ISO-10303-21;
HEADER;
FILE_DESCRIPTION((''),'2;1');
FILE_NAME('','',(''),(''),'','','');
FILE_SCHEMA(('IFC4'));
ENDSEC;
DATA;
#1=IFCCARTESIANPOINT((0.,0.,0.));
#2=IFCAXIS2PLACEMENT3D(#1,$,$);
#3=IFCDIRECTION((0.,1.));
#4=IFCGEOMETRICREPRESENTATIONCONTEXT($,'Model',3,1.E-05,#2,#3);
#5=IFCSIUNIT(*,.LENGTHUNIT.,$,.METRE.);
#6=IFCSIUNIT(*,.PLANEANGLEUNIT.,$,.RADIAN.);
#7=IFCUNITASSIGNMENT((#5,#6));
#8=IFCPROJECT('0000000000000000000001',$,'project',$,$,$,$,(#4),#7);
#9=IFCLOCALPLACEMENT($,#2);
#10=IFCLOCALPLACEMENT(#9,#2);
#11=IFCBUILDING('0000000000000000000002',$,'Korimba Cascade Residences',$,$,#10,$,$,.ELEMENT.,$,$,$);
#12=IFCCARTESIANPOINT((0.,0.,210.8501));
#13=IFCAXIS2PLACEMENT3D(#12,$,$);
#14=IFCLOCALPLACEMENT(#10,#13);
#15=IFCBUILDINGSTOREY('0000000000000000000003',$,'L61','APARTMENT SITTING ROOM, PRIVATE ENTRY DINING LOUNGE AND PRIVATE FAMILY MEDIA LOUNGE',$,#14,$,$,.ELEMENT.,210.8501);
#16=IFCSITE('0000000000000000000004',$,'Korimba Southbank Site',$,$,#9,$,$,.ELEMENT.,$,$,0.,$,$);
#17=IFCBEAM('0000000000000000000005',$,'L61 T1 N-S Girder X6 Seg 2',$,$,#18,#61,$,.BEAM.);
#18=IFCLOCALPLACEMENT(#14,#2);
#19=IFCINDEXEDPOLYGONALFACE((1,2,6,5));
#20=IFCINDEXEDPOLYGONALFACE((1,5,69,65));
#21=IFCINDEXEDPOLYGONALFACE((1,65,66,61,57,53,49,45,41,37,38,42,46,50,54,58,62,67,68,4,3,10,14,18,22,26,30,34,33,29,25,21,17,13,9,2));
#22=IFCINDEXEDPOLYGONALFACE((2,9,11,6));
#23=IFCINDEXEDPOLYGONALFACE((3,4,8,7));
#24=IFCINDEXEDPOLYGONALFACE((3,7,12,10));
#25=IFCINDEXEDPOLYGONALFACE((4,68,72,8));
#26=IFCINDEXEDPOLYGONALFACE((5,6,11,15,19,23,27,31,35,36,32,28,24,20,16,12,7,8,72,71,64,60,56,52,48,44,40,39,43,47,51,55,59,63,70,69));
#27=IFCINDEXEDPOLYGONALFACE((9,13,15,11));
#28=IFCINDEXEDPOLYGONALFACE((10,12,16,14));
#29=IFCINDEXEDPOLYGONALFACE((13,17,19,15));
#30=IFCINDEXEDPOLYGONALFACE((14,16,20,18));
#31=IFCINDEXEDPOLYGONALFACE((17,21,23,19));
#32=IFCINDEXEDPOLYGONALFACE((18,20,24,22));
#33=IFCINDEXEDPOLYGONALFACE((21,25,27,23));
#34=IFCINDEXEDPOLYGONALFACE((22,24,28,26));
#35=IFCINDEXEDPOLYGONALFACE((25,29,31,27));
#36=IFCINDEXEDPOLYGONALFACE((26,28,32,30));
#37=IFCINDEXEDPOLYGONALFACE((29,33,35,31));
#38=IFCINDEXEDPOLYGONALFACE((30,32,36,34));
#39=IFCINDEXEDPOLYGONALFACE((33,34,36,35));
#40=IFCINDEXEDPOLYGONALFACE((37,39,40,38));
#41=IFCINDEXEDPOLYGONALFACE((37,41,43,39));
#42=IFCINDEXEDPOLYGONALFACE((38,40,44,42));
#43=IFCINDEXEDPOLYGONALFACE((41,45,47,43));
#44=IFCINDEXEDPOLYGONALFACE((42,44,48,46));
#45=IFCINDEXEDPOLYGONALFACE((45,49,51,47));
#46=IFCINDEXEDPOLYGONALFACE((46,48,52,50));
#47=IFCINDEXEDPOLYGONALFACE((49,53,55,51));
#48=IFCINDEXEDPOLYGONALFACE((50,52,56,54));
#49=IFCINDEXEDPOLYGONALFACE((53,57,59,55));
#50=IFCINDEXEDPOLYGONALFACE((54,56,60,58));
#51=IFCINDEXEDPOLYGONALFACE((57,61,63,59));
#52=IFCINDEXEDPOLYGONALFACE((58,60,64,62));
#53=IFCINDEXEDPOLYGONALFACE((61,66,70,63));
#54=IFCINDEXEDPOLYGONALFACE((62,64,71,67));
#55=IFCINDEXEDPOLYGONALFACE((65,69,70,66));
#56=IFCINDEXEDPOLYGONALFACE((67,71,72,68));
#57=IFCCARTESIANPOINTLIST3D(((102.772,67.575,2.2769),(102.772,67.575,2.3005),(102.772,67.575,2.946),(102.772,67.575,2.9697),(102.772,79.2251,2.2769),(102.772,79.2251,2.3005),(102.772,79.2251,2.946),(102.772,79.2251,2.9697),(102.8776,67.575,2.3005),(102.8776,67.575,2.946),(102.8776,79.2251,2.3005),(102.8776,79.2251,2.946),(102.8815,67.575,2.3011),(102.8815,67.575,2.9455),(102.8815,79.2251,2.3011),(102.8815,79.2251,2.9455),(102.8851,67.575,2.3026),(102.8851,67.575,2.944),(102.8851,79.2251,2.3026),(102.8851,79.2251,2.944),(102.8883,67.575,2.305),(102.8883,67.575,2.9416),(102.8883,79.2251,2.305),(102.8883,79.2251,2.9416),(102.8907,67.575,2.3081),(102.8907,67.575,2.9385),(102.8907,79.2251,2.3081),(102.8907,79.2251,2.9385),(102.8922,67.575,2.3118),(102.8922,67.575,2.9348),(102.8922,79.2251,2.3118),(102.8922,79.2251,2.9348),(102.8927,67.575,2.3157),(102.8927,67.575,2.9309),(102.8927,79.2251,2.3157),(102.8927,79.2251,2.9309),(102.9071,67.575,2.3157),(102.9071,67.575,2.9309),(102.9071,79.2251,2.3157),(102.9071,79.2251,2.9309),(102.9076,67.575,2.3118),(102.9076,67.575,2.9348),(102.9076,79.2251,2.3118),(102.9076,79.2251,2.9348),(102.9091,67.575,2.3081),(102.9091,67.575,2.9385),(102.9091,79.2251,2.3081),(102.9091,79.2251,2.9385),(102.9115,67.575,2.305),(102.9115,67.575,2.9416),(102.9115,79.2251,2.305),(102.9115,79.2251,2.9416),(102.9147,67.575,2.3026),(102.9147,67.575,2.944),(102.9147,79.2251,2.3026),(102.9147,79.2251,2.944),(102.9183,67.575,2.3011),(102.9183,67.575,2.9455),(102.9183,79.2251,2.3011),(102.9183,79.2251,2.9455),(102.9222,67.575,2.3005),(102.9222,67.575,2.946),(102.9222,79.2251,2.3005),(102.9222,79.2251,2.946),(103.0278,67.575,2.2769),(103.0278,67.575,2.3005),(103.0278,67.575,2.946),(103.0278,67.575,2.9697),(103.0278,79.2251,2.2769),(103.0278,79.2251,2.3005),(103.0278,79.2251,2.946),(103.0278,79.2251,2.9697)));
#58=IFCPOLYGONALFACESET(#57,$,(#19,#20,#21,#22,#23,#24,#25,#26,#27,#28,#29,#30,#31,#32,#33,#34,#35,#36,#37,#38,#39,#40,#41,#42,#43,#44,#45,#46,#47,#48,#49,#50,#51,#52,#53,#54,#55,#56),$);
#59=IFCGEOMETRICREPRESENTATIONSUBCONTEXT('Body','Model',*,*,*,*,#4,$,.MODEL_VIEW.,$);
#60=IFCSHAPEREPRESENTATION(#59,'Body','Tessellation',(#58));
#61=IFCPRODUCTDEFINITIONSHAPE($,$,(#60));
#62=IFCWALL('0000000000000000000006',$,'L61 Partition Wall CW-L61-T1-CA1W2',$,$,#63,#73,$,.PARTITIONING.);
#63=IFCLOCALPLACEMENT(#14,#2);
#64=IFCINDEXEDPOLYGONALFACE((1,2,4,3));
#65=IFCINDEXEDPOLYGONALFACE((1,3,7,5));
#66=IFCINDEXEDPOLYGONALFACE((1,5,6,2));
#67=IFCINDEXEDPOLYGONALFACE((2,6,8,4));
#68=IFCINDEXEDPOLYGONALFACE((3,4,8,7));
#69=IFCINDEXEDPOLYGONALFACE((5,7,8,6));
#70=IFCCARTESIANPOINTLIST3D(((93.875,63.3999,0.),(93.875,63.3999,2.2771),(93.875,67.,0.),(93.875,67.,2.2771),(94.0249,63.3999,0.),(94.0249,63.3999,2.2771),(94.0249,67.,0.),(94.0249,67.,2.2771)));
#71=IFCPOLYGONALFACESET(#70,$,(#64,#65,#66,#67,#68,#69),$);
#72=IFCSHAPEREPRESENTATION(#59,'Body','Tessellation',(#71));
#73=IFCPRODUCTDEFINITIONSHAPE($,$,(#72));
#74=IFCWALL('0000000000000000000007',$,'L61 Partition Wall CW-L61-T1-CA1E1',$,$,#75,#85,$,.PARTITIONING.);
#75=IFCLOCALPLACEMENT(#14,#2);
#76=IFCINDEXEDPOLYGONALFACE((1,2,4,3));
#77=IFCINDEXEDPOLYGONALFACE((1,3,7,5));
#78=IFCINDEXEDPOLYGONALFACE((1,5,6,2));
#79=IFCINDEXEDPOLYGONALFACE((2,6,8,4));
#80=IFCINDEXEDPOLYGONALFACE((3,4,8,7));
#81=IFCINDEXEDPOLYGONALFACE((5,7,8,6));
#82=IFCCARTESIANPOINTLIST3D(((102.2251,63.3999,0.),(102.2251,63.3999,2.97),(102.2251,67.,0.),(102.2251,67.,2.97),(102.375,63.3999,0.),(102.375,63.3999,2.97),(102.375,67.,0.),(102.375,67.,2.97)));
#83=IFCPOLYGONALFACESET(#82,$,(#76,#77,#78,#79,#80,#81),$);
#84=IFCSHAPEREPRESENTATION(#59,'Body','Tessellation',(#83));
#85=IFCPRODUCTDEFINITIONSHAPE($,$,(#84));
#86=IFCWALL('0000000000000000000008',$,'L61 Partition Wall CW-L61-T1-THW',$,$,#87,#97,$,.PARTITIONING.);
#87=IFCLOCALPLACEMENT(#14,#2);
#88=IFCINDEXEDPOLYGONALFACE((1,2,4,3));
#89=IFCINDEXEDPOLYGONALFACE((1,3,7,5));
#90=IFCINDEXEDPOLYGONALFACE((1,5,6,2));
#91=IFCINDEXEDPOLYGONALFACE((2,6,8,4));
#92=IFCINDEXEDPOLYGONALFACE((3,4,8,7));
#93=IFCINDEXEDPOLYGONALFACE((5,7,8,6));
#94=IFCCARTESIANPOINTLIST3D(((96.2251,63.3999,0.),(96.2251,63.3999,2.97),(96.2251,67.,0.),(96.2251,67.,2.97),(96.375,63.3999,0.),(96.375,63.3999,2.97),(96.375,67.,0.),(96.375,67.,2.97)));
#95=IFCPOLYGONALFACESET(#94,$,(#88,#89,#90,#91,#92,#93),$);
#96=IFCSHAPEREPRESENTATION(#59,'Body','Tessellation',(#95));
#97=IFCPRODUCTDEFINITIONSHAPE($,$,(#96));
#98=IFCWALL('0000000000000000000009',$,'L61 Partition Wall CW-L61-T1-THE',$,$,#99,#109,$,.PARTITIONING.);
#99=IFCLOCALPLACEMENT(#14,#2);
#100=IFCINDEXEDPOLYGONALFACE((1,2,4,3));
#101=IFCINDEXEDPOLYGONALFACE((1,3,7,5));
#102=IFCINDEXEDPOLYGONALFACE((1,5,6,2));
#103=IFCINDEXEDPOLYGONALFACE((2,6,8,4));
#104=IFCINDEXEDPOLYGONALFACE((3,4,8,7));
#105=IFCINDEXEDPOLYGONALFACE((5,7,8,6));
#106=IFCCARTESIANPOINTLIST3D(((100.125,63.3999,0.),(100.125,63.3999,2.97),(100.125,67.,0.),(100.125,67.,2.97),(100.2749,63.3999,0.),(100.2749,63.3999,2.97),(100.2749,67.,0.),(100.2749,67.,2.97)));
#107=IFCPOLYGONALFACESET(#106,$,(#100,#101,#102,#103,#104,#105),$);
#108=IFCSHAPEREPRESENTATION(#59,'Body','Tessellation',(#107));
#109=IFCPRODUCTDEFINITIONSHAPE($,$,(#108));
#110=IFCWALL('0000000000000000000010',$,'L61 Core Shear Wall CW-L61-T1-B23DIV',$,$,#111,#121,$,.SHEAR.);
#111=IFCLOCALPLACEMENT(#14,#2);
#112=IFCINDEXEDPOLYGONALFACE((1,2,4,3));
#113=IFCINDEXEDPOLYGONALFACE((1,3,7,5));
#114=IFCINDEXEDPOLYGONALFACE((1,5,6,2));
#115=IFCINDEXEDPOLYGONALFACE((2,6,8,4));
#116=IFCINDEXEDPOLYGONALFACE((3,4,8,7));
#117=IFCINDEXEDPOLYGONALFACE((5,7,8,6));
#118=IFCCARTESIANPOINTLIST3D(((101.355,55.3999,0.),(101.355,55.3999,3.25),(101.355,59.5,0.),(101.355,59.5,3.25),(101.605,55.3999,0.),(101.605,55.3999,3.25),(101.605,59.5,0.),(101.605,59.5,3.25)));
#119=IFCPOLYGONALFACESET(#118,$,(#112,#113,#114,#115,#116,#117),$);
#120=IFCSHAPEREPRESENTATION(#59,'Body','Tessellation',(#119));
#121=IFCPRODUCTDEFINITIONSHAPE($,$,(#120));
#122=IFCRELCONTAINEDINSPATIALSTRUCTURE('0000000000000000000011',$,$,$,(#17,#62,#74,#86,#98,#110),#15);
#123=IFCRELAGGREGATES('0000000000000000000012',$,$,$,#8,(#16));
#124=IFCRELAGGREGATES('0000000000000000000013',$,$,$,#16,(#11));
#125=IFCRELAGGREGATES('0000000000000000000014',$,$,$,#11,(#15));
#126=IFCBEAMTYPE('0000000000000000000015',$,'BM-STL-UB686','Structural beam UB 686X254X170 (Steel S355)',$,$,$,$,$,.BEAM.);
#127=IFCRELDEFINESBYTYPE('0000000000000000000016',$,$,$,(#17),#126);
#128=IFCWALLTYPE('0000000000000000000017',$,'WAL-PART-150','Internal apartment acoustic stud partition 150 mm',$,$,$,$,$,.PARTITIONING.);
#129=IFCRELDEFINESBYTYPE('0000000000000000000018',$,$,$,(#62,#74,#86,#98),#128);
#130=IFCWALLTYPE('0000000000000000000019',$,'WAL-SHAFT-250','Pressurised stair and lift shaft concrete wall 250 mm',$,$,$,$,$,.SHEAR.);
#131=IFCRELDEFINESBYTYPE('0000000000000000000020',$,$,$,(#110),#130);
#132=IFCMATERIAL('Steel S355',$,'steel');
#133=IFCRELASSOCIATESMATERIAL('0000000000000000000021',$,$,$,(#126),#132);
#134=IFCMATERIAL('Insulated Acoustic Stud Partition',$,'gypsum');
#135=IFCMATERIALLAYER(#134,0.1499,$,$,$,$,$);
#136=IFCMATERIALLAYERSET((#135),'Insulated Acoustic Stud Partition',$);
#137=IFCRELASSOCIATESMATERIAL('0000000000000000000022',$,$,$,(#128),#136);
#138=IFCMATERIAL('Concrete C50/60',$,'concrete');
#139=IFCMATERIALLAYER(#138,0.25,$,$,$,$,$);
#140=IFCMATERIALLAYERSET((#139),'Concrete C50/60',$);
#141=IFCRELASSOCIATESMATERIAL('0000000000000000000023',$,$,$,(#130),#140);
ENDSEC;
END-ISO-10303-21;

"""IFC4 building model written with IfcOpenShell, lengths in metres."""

from ifc_helpers import new_model, si_unit, direction, frame, frame_2d, origin, origin_2d, place, context, subcontext, project, spatial, rectangle, i_section, extrude, material, layer, layer_set, material_profile, profile_set, type_object, element, save


model = new_model("IFC4")

# Units and contexts
model_context = context("Model", 3, precision=1e-05, world=origin(), true_north=direction((0.0, 1.0)))
body_context = subcontext(model_context, "Body", "Model", "MODEL_VIEW")
ifc_project = project(units=[si_unit("LENGTHUNIT", "METRE"), si_unit("PLANEANGLEUNIT", "RADIAN")], contexts=[model_context])

# Site, building, storey
site_placement = place(None, origin())
site = spatial("IfcSite", under=ifc_project, at=site_placement, Name="Korimba Southbank Site", CompositionType="ELEMENT", RefElevation=0.0)
building_placement = place(site_placement, origin())
building = spatial("IfcBuilding", under=site, at=building_placement, Name="Korimba Cascade Residences", CompositionType="ELEMENT")
storey_placement = place(building_placement, frame((0.0, 0.0, 210.8501)))
storey = spatial("IfcBuildingStorey", under=building, at=storey_placement, Name="L61", Description="APARTMENT SITTING ROOM, PRIVATE ENTRY DINING LOUNGE AND PRIVATE FAMILY MEDIA LOUNGE", CompositionType="ELEMENT", Elevation=210.8501)

# Beam
ifc_material_1 = material(Name="Steel S355", Category="steel")
ifc_material_profile_1 = material_profile(ifc_material_1, i_section(OverallWidth=0.2559, OverallDepth=0.6929, WebThickness=0.0144, FlangeThickness=0.0237, FilletRadius=0.0151, at=origin_2d()), Name="Steel S355")
ifc_profile_set_1 = profile_set([ifc_material_profile_1], Name="Steel S355")
beam_type = type_object("IfcBeamType", Name="BM-STL-UB686", Description="Structural beam UB 686X254X170 (Steel S355)", PredefinedType="BEAM", material=ifc_profile_set_1)
beam_1_placement = place(storey_placement, frame((102.8999, 67.575, 2.6233), z_axis=(0.0, 1.0, 0.0), x_axis=(-1.0, 0.0, 0.0)))
element("IfcBeam", 1, at=beam_1_placement, inside=storey, type_object=beam_type, Name="L61 T1 N-S Girder X6 Seg 2", PredefinedType="BEAM", context=body_context, shape_type="SweptSolid", body=[
    extrude(i_section(OverallWidth=0.2559, OverallDepth=0.6929, WebThickness=0.0144, FlangeThickness=0.0237, FilletRadius=0.0151, at=origin_2d()), origin(), (0.0, 0.0, 1.0), 11.6501),
])

# Walls
ifc_material_2 = material(Name="Insulated Acoustic Stud Partition", Category="gypsum")
ifc_layer_1 = layer(ifc_material_2, 0.1499)
ifc_layer_set_1 = layer_set([ifc_layer_1], Name="Insulated Acoustic Stud Partition")
wall_type_1 = type_object("IfcWallType", Name="WAL-PART-150", Description="Internal apartment acoustic stud partition 150 mm", PredefinedType="PARTITIONING", material=ifc_layer_set_1)
wall_1_placement = place(storey_placement, frame((93.95, 63.3999, 0.0), z_axis=(0.0, 0.0, 1.0), x_axis=(0.0, 1.0, 0.0)))
element("IfcWall", 2, at=wall_1_placement, inside=storey, type_object=wall_type_1, Name="L61 Partition Wall CW-L61-T1-CA1W2", PredefinedType="PARTITIONING", context=body_context, shape_type="SweptSolid", body=[
    extrude(rectangle(XDim=3.6001, YDim=0.1499, at=frame_2d((1.8, 0.0))), origin(), (0.0, 0.0, 1.0), 2.2771),
])
for number, where, z_axis, x_axis, name in (
    (3, (102.3, 63.3999, 0.0), (0.0, 0.0, 1.0), (0.0, 1.0, 0.0), "L61 Partition Wall CW-L61-T1-CA1E1"),
    (4, (96.3, 63.3999, 0.0), (0.0, 0.0, 1.0), (0.0, 1.0, 0.0), "L61 Partition Wall CW-L61-T1-THW"),
    (5, (100.2, 63.3999, 0.0), (0.0, 0.0, 1.0), (0.0, 1.0, 0.0), "L61 Partition Wall CW-L61-T1-THE"),
):
    element("IfcWall", number, at=place(storey_placement, frame(where, z_axis=z_axis, x_axis=x_axis)), inside=storey, type_object=wall_type_1, Name=name, PredefinedType="PARTITIONING", context=body_context, shape_type="SweptSolid", body=[
        extrude(rectangle(XDim=3.6001, YDim=0.1499, at=frame_2d((1.8, 0.0))), origin(), (0.0, 0.0, 1.0), 2.97),
    ])
ifc_material_3 = material(Name="Concrete C50/60", Category="concrete")
ifc_layer_2 = layer(ifc_material_3, 0.25)
ifc_layer_set_2 = layer_set([ifc_layer_2], Name="Concrete C50/60")
wall_type_2 = type_object("IfcWallType", Name="WAL-SHAFT-250", Description="Pressurised stair and lift shaft concrete wall 250 mm", PredefinedType="SHEAR", material=ifc_layer_set_2)
wall_2_placement = place(storey_placement, frame((101.48, 55.3999, 0.0), z_axis=(0.0, 0.0, 1.0), x_axis=(0.0, 1.0, 0.0)))
element("IfcWall", 6, at=wall_2_placement, inside=storey, type_object=wall_type_2, Name="L61 Core Shear Wall CW-L61-T1-B23DIV", PredefinedType="SHEAR", context=body_context, shape_type="SweptSolid", body=[
    extrude(rectangle(XDim=4.1001, YDim=0.25, at=frame_2d((2.05, 0.0))), origin(), (0.0, 0.0, 1.0), 3.25),
])

save(model, "model.ifc")
